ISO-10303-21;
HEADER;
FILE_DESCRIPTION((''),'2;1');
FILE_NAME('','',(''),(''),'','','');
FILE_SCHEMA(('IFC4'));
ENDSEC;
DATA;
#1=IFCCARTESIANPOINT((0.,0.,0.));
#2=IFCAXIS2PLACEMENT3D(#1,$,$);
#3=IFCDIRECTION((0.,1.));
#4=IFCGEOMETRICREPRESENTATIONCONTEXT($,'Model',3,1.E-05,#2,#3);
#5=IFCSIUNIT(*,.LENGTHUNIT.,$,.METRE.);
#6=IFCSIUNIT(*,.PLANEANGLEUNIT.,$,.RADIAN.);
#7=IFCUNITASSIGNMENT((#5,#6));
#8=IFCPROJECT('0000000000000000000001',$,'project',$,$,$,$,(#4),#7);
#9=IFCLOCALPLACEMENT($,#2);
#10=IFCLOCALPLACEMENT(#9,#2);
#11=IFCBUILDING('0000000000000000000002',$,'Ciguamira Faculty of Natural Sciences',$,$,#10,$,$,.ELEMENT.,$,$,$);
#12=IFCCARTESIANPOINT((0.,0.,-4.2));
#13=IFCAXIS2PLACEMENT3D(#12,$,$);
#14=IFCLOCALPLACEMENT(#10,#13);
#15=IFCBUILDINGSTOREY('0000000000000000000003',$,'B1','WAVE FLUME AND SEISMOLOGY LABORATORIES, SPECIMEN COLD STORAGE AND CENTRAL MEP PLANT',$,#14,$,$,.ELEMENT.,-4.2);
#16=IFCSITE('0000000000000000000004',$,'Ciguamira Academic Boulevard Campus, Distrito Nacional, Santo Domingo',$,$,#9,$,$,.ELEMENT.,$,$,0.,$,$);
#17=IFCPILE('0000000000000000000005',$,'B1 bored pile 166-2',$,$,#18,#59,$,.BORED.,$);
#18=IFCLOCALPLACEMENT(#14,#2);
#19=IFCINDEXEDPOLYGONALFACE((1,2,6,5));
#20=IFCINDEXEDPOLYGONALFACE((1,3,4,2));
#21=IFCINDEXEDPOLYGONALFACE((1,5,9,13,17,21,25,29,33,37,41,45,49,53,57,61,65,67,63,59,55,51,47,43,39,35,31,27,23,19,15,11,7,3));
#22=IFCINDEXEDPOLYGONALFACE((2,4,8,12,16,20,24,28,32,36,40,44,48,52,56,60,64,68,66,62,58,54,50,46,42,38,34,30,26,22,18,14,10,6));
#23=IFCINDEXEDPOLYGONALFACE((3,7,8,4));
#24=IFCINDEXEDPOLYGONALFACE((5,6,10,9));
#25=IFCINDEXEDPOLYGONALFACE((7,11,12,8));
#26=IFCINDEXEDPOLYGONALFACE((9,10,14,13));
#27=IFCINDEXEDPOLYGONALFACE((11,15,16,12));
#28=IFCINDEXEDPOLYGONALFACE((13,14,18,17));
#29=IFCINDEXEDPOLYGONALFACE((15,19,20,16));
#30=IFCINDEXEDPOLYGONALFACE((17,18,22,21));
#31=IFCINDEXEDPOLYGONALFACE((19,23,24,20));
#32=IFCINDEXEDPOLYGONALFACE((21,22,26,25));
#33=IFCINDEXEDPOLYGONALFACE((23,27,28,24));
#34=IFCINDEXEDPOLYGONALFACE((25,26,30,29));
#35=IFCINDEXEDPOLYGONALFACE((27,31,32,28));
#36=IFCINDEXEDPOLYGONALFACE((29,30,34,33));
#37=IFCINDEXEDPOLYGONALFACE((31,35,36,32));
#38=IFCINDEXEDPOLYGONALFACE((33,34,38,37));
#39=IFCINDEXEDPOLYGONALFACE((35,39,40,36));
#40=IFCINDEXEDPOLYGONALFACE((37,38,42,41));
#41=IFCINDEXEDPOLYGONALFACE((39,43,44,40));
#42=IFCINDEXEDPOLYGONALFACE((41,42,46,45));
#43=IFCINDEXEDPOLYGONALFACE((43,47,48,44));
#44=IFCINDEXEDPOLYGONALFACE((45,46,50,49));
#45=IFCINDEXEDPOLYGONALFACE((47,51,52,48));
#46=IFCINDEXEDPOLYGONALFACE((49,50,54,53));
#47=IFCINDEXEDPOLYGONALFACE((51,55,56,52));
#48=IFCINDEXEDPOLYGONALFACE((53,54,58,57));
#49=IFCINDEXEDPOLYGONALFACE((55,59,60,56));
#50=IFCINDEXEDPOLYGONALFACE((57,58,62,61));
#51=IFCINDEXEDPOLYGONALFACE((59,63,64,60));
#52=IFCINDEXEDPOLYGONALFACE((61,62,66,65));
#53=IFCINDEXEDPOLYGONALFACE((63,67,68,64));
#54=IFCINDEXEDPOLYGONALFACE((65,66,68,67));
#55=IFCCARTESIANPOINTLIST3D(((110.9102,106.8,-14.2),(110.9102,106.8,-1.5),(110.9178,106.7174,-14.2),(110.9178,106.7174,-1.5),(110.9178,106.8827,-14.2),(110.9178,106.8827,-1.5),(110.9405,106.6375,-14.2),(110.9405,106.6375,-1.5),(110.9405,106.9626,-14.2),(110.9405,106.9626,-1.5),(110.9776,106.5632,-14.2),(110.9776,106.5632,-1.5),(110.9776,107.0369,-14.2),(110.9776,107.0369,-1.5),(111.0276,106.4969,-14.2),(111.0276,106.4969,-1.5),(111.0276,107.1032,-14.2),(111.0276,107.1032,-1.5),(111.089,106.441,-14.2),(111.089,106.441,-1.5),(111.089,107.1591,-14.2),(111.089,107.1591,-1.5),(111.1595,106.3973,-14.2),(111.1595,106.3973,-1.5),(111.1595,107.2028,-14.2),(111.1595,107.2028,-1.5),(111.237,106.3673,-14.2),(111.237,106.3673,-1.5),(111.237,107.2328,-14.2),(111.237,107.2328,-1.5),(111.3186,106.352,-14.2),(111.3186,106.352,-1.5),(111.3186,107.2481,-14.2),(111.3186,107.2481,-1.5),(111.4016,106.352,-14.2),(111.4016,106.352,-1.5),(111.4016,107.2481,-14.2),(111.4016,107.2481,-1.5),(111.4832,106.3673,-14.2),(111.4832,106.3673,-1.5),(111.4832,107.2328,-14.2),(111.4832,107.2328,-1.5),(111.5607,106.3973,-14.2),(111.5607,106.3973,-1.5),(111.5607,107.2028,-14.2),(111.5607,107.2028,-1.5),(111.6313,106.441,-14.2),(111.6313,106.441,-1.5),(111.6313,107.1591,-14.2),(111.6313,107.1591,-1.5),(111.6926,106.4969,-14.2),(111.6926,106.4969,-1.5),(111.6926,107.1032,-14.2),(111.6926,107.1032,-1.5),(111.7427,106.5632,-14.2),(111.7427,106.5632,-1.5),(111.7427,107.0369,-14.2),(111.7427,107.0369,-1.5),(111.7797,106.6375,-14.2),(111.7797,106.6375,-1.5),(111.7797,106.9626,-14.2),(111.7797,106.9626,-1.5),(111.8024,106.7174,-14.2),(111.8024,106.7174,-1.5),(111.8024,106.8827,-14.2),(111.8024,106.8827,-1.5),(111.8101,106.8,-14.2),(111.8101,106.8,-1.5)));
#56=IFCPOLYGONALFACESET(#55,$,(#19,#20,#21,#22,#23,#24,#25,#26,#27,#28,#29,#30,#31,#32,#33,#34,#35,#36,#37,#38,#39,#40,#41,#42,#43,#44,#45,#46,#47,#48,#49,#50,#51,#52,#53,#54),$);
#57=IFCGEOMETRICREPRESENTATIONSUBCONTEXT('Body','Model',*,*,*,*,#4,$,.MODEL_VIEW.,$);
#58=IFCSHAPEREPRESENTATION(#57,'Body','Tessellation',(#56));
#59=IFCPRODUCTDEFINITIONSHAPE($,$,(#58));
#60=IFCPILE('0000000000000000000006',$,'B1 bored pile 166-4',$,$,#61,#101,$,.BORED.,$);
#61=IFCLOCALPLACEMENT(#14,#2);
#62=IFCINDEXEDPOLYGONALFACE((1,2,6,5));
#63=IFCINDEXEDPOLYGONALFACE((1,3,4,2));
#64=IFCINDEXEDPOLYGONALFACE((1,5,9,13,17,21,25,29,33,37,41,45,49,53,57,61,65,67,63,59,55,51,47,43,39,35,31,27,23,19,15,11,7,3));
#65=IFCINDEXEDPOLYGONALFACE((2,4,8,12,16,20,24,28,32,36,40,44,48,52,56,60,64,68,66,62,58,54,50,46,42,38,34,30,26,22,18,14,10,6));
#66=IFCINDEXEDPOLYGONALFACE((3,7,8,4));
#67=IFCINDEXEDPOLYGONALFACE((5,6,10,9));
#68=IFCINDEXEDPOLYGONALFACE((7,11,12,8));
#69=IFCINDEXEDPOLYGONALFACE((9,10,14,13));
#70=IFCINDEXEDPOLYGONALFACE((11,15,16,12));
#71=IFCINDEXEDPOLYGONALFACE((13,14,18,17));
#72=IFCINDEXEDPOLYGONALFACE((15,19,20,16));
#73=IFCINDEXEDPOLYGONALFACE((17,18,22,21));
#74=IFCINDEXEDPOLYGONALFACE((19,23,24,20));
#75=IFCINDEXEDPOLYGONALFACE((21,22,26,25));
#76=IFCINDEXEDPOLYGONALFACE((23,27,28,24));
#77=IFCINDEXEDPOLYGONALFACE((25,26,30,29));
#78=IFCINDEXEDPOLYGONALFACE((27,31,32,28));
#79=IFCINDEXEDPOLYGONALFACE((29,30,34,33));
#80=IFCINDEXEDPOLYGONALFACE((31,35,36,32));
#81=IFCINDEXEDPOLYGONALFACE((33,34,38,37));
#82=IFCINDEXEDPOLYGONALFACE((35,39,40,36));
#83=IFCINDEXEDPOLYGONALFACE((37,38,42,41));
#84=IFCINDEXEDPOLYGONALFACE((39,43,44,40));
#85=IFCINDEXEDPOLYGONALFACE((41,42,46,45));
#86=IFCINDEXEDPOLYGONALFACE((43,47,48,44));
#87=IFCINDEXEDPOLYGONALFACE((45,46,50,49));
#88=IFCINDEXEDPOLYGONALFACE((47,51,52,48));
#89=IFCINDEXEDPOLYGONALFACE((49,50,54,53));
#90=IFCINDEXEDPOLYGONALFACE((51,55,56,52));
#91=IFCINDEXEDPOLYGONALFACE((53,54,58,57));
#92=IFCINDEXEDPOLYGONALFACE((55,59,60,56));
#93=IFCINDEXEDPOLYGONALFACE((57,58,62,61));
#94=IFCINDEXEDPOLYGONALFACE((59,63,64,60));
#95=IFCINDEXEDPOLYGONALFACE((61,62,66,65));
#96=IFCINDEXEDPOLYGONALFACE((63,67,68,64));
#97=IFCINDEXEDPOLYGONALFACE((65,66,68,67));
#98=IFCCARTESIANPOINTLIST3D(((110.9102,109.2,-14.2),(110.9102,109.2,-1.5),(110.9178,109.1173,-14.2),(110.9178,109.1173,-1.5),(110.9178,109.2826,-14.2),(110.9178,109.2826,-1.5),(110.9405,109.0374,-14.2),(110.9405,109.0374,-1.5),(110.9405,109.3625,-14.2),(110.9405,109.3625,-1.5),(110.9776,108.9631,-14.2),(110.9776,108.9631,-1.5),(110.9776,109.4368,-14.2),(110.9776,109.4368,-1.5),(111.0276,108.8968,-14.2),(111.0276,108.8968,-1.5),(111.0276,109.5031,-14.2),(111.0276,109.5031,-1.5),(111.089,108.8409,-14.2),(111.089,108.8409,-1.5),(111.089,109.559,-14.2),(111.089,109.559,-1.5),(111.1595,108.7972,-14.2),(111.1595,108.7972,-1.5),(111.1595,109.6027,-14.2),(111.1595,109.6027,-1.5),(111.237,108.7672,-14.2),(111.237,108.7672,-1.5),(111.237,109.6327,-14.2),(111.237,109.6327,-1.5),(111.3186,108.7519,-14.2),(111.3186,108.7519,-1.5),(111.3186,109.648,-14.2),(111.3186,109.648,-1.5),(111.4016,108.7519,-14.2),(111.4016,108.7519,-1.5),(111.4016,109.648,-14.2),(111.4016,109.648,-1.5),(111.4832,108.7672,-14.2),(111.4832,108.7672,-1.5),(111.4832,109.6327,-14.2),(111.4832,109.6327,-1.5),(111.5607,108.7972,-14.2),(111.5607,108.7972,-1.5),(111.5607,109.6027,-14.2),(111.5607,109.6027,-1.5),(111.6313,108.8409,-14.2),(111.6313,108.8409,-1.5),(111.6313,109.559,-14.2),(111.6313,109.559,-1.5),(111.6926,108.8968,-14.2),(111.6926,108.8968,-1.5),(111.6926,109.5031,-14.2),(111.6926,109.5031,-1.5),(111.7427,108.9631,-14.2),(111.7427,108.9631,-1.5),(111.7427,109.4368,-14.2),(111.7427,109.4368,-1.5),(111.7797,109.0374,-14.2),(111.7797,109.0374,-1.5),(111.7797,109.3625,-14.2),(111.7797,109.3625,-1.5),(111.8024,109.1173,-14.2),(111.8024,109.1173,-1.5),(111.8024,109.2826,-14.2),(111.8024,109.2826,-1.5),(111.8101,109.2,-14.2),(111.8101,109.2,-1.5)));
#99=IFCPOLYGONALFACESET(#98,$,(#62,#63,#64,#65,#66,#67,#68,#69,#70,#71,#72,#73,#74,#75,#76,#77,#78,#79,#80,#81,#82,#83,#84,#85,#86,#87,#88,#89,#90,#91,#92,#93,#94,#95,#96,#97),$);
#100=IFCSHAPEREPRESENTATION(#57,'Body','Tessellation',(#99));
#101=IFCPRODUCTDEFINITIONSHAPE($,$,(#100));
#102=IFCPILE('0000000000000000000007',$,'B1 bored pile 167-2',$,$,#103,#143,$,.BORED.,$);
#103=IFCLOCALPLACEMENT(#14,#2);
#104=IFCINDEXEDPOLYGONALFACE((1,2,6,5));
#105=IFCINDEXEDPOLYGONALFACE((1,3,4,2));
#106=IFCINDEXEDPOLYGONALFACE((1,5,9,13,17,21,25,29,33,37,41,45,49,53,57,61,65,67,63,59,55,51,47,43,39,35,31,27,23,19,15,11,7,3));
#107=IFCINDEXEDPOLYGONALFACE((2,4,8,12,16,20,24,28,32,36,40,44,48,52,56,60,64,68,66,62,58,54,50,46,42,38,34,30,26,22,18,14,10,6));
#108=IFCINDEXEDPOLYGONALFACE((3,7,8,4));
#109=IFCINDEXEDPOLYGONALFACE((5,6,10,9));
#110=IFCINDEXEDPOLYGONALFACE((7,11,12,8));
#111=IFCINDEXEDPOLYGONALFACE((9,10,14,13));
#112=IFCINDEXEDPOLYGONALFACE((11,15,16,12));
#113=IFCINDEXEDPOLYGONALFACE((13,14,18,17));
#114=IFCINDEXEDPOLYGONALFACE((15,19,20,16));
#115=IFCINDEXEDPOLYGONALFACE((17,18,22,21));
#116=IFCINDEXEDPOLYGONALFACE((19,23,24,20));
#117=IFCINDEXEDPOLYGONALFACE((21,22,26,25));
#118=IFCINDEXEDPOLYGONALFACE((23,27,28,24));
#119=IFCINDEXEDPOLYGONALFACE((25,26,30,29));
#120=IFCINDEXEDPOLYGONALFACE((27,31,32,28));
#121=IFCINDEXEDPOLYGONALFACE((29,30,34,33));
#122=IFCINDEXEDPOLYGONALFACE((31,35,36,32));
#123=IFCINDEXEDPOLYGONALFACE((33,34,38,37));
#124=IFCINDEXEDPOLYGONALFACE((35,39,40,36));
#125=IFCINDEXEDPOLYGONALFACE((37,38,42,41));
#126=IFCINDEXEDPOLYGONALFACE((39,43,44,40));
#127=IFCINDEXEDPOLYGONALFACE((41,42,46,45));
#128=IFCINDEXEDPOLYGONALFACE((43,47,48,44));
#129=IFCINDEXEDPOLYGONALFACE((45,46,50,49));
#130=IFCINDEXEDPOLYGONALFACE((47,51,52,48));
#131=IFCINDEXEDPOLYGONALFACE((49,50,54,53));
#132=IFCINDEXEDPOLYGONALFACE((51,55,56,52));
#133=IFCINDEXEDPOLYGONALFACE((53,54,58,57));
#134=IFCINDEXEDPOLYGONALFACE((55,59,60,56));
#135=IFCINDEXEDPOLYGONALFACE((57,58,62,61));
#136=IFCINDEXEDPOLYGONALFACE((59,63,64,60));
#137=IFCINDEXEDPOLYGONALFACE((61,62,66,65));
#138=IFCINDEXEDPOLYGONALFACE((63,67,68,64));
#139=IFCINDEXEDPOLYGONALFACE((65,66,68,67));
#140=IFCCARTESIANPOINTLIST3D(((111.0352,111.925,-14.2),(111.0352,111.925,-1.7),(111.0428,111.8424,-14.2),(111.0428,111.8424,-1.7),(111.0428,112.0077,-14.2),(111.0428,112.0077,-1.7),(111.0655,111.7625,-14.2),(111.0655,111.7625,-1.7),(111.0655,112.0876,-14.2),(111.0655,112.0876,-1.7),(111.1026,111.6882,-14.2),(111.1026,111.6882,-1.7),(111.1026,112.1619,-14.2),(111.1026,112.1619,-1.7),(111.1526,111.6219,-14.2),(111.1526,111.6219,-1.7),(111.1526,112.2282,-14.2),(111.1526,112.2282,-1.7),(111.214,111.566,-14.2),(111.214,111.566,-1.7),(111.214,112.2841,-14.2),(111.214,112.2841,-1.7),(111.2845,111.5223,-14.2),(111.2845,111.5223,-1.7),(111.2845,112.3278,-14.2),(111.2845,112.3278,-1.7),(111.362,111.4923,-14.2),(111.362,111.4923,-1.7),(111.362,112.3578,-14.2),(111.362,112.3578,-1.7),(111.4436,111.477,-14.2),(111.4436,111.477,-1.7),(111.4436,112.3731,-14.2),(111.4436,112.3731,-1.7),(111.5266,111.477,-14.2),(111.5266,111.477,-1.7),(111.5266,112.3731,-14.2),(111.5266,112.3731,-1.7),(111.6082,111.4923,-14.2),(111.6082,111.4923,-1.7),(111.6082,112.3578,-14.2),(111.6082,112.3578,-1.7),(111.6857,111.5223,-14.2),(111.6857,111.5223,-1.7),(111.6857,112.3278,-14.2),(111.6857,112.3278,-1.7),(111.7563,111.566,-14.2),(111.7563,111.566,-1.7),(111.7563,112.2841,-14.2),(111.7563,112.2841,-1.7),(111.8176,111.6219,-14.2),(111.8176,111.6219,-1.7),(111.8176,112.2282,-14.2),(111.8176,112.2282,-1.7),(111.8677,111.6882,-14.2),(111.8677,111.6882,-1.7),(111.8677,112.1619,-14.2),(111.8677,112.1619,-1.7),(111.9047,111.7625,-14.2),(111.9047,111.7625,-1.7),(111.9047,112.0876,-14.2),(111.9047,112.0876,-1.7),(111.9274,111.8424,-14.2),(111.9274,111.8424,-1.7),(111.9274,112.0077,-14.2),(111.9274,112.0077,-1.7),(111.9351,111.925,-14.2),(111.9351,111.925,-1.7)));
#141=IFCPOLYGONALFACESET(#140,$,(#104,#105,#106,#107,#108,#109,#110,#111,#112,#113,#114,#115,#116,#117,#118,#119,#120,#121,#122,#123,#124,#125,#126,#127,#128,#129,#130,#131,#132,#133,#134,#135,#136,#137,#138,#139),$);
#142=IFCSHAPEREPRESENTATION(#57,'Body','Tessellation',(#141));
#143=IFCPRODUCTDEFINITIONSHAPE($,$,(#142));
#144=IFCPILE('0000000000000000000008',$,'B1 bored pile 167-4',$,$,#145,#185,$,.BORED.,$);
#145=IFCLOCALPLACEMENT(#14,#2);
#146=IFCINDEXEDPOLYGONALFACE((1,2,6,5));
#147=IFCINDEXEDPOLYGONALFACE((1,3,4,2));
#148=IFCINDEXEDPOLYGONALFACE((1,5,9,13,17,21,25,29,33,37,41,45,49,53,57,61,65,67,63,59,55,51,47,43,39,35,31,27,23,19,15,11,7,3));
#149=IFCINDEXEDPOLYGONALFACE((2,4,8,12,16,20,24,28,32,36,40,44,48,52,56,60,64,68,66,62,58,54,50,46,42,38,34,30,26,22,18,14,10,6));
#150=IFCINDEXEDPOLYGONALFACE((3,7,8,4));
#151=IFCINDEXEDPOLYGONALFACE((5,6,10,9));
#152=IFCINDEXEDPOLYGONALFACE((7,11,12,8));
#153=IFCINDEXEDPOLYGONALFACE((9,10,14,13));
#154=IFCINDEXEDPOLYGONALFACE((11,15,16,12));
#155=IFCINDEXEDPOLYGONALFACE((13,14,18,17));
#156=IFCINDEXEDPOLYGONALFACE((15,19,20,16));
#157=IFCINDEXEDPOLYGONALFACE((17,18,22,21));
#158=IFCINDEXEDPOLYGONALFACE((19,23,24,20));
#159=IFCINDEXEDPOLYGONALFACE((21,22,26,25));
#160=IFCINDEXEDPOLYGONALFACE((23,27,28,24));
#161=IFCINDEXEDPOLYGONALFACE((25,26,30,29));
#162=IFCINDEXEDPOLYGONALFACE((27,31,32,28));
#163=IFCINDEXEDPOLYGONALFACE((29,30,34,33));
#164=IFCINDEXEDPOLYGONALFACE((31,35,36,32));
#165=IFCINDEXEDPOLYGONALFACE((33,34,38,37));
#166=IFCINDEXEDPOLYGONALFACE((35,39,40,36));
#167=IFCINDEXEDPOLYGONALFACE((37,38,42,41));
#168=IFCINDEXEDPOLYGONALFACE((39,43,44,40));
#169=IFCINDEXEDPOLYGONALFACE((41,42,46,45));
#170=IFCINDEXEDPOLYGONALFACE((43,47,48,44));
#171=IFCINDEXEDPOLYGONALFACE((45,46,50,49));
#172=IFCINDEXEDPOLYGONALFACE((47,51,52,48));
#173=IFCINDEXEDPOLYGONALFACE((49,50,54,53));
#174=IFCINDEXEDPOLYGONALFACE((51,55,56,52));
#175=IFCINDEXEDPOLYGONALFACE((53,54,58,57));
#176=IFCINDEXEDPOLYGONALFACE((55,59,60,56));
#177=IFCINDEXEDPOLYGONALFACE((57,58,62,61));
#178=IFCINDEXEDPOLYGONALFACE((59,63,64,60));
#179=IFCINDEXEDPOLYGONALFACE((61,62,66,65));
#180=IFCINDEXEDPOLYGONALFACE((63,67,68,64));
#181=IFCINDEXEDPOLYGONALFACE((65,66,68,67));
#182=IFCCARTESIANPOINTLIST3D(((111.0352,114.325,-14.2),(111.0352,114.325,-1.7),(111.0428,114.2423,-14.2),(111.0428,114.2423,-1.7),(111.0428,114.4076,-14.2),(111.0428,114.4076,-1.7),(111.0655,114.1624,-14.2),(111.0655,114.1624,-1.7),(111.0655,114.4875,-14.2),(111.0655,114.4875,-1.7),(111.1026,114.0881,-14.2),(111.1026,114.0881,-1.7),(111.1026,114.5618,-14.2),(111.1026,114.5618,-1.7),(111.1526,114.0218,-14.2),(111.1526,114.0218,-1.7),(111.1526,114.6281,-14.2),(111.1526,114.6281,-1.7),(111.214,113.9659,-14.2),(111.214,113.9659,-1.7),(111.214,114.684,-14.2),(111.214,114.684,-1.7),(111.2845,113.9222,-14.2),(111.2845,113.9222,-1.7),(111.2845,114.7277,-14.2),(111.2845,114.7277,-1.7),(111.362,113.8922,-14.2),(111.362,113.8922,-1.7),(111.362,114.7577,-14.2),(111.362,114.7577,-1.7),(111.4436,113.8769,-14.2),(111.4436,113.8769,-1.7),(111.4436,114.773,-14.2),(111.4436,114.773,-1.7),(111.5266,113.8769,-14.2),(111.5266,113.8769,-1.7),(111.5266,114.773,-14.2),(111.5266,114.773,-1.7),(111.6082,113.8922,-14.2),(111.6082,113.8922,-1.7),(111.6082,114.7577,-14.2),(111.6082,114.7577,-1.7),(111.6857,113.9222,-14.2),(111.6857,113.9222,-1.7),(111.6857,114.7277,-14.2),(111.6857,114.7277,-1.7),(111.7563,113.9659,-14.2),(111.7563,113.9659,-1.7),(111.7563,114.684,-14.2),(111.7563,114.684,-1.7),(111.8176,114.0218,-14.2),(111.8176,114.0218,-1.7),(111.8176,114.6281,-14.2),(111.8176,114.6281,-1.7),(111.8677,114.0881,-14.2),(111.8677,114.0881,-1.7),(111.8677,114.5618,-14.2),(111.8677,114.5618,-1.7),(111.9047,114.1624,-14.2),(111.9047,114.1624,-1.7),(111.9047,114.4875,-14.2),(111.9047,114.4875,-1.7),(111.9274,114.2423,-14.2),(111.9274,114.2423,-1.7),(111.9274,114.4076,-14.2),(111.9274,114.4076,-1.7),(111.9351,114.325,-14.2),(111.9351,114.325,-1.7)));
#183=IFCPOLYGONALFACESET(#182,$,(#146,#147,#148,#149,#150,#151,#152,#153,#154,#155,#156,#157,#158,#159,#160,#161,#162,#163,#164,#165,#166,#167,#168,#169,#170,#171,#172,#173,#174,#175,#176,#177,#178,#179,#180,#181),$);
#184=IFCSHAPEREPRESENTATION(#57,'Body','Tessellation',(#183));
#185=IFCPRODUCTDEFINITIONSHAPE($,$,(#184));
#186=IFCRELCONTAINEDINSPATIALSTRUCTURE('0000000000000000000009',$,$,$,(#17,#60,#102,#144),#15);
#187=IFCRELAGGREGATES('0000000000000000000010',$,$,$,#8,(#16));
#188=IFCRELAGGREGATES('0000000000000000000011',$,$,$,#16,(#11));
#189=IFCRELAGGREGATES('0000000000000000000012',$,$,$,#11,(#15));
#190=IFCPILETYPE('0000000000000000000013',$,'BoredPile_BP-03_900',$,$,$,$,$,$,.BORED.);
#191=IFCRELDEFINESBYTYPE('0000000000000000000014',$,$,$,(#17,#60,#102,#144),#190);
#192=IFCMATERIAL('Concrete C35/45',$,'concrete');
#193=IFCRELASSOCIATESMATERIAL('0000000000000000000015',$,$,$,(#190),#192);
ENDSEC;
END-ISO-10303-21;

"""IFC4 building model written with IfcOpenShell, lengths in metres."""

from ifc_helpers import new_model, si_unit, direction, frame, origin, origin_2d, place, context, subcontext, project, spatial, circle, extrude, material, material_profile, profile_set, type_object, element, save


model = new_model("IFC4")

# Units and contexts
model_context = context("Model", 3, precision=1e-05, world=origin(), true_north=direction((0.0, 1.0)))
body_context = subcontext(model_context, "Body", "Model", "MODEL_VIEW")
ifc_project = project(units=[si_unit("LENGTHUNIT", "METRE"), si_unit("PLANEANGLEUNIT", "RADIAN")], contexts=[model_context])

# Site, building, storey
site_placement = place(None, origin())
site = spatial("IfcSite", under=ifc_project, at=site_placement, Name="Ciguamira Academic Boulevard Campus, Distrito Nacional, Santo Domingo", CompositionType="ELEMENT", RefElevation=0.0)
building_placement = place(site_placement, origin())
building = spatial("IfcBuilding", under=site, at=building_placement, Name="Ciguamira Faculty of Natural Sciences", CompositionType="ELEMENT")
storey_placement = place(building_placement, frame((0.0, 0.0, -4.2)))
storey = spatial("IfcBuildingStorey", under=building, at=storey_placement, Name="B1", Description="WAVE FLUME AND SEISMOLOGY LABORATORIES, SPECIMEN COLD STORAGE AND CENTRAL MEP PLANT", CompositionType="ELEMENT", Elevation=-4.2)

# Piles
ifc_material_1 = material(Name="Concrete C35/45", Category="concrete")
ifc_material_profile_1 = material_profile(ifc_material_1, circle(Radius=0.45, at=origin_2d()), Name="PILE-BORED-900")
ifc_profile_set_1 = profile_set([ifc_material_profile_1], Name="Concrete C35/45")
pile_type = type_object("IfcPileType", Name="BoredPile_BP-03_900", PredefinedType="BORED", material=ifc_profile_set_1)
for number, where, z_axis, x_axis, name in (
    (1, (111.3601, 106.8, -1.5), (0.0, 0.0, -1.0), (1.0, 0.0, 0.0), "B1 bored pile 166-2"),
    (2, (111.3601, 109.2, -1.5), (0.0, 0.0, -1.0), (1.0, 0.0, 0.0), "B1 bored pile 166-4"),
):
    element("IfcPile", number, at=place(storey_placement, frame(where, z_axis=z_axis, x_axis=x_axis)), inside=storey, type_object=pile_type, Name=name, PredefinedType="BORED", context=body_context, shape_type="SweptSolid", body=[
        extrude(circle(Radius=0.45, at=origin_2d()), origin(), (0.0, 0.0, 1.0), 12.7),
    ])
for number, where, z_axis, x_axis, name in (
    (3, (111.4851, 111.925, -1.7), (0.0, 0.0, -1.0), (1.0, 0.0, 0.0), "B1 bored pile 167-2"),
    (4, (111.4851, 114.325, -1.7), (0.0, 0.0, -1.0), (1.0, 0.0, 0.0), "B1 bored pile 167-4"),
):
    element("IfcPile", number, at=place(storey_placement, frame(where, z_axis=z_axis, x_axis=x_axis)), inside=storey, type_object=pile_type, Name=name, PredefinedType="BORED", context=body_context, shape_type="SweptSolid", body=[
        extrude(circle(Radius=0.45, at=origin_2d()), origin(), (0.0, 0.0, 1.0), 12.5),
    ])

save(model, "model.ifc")
